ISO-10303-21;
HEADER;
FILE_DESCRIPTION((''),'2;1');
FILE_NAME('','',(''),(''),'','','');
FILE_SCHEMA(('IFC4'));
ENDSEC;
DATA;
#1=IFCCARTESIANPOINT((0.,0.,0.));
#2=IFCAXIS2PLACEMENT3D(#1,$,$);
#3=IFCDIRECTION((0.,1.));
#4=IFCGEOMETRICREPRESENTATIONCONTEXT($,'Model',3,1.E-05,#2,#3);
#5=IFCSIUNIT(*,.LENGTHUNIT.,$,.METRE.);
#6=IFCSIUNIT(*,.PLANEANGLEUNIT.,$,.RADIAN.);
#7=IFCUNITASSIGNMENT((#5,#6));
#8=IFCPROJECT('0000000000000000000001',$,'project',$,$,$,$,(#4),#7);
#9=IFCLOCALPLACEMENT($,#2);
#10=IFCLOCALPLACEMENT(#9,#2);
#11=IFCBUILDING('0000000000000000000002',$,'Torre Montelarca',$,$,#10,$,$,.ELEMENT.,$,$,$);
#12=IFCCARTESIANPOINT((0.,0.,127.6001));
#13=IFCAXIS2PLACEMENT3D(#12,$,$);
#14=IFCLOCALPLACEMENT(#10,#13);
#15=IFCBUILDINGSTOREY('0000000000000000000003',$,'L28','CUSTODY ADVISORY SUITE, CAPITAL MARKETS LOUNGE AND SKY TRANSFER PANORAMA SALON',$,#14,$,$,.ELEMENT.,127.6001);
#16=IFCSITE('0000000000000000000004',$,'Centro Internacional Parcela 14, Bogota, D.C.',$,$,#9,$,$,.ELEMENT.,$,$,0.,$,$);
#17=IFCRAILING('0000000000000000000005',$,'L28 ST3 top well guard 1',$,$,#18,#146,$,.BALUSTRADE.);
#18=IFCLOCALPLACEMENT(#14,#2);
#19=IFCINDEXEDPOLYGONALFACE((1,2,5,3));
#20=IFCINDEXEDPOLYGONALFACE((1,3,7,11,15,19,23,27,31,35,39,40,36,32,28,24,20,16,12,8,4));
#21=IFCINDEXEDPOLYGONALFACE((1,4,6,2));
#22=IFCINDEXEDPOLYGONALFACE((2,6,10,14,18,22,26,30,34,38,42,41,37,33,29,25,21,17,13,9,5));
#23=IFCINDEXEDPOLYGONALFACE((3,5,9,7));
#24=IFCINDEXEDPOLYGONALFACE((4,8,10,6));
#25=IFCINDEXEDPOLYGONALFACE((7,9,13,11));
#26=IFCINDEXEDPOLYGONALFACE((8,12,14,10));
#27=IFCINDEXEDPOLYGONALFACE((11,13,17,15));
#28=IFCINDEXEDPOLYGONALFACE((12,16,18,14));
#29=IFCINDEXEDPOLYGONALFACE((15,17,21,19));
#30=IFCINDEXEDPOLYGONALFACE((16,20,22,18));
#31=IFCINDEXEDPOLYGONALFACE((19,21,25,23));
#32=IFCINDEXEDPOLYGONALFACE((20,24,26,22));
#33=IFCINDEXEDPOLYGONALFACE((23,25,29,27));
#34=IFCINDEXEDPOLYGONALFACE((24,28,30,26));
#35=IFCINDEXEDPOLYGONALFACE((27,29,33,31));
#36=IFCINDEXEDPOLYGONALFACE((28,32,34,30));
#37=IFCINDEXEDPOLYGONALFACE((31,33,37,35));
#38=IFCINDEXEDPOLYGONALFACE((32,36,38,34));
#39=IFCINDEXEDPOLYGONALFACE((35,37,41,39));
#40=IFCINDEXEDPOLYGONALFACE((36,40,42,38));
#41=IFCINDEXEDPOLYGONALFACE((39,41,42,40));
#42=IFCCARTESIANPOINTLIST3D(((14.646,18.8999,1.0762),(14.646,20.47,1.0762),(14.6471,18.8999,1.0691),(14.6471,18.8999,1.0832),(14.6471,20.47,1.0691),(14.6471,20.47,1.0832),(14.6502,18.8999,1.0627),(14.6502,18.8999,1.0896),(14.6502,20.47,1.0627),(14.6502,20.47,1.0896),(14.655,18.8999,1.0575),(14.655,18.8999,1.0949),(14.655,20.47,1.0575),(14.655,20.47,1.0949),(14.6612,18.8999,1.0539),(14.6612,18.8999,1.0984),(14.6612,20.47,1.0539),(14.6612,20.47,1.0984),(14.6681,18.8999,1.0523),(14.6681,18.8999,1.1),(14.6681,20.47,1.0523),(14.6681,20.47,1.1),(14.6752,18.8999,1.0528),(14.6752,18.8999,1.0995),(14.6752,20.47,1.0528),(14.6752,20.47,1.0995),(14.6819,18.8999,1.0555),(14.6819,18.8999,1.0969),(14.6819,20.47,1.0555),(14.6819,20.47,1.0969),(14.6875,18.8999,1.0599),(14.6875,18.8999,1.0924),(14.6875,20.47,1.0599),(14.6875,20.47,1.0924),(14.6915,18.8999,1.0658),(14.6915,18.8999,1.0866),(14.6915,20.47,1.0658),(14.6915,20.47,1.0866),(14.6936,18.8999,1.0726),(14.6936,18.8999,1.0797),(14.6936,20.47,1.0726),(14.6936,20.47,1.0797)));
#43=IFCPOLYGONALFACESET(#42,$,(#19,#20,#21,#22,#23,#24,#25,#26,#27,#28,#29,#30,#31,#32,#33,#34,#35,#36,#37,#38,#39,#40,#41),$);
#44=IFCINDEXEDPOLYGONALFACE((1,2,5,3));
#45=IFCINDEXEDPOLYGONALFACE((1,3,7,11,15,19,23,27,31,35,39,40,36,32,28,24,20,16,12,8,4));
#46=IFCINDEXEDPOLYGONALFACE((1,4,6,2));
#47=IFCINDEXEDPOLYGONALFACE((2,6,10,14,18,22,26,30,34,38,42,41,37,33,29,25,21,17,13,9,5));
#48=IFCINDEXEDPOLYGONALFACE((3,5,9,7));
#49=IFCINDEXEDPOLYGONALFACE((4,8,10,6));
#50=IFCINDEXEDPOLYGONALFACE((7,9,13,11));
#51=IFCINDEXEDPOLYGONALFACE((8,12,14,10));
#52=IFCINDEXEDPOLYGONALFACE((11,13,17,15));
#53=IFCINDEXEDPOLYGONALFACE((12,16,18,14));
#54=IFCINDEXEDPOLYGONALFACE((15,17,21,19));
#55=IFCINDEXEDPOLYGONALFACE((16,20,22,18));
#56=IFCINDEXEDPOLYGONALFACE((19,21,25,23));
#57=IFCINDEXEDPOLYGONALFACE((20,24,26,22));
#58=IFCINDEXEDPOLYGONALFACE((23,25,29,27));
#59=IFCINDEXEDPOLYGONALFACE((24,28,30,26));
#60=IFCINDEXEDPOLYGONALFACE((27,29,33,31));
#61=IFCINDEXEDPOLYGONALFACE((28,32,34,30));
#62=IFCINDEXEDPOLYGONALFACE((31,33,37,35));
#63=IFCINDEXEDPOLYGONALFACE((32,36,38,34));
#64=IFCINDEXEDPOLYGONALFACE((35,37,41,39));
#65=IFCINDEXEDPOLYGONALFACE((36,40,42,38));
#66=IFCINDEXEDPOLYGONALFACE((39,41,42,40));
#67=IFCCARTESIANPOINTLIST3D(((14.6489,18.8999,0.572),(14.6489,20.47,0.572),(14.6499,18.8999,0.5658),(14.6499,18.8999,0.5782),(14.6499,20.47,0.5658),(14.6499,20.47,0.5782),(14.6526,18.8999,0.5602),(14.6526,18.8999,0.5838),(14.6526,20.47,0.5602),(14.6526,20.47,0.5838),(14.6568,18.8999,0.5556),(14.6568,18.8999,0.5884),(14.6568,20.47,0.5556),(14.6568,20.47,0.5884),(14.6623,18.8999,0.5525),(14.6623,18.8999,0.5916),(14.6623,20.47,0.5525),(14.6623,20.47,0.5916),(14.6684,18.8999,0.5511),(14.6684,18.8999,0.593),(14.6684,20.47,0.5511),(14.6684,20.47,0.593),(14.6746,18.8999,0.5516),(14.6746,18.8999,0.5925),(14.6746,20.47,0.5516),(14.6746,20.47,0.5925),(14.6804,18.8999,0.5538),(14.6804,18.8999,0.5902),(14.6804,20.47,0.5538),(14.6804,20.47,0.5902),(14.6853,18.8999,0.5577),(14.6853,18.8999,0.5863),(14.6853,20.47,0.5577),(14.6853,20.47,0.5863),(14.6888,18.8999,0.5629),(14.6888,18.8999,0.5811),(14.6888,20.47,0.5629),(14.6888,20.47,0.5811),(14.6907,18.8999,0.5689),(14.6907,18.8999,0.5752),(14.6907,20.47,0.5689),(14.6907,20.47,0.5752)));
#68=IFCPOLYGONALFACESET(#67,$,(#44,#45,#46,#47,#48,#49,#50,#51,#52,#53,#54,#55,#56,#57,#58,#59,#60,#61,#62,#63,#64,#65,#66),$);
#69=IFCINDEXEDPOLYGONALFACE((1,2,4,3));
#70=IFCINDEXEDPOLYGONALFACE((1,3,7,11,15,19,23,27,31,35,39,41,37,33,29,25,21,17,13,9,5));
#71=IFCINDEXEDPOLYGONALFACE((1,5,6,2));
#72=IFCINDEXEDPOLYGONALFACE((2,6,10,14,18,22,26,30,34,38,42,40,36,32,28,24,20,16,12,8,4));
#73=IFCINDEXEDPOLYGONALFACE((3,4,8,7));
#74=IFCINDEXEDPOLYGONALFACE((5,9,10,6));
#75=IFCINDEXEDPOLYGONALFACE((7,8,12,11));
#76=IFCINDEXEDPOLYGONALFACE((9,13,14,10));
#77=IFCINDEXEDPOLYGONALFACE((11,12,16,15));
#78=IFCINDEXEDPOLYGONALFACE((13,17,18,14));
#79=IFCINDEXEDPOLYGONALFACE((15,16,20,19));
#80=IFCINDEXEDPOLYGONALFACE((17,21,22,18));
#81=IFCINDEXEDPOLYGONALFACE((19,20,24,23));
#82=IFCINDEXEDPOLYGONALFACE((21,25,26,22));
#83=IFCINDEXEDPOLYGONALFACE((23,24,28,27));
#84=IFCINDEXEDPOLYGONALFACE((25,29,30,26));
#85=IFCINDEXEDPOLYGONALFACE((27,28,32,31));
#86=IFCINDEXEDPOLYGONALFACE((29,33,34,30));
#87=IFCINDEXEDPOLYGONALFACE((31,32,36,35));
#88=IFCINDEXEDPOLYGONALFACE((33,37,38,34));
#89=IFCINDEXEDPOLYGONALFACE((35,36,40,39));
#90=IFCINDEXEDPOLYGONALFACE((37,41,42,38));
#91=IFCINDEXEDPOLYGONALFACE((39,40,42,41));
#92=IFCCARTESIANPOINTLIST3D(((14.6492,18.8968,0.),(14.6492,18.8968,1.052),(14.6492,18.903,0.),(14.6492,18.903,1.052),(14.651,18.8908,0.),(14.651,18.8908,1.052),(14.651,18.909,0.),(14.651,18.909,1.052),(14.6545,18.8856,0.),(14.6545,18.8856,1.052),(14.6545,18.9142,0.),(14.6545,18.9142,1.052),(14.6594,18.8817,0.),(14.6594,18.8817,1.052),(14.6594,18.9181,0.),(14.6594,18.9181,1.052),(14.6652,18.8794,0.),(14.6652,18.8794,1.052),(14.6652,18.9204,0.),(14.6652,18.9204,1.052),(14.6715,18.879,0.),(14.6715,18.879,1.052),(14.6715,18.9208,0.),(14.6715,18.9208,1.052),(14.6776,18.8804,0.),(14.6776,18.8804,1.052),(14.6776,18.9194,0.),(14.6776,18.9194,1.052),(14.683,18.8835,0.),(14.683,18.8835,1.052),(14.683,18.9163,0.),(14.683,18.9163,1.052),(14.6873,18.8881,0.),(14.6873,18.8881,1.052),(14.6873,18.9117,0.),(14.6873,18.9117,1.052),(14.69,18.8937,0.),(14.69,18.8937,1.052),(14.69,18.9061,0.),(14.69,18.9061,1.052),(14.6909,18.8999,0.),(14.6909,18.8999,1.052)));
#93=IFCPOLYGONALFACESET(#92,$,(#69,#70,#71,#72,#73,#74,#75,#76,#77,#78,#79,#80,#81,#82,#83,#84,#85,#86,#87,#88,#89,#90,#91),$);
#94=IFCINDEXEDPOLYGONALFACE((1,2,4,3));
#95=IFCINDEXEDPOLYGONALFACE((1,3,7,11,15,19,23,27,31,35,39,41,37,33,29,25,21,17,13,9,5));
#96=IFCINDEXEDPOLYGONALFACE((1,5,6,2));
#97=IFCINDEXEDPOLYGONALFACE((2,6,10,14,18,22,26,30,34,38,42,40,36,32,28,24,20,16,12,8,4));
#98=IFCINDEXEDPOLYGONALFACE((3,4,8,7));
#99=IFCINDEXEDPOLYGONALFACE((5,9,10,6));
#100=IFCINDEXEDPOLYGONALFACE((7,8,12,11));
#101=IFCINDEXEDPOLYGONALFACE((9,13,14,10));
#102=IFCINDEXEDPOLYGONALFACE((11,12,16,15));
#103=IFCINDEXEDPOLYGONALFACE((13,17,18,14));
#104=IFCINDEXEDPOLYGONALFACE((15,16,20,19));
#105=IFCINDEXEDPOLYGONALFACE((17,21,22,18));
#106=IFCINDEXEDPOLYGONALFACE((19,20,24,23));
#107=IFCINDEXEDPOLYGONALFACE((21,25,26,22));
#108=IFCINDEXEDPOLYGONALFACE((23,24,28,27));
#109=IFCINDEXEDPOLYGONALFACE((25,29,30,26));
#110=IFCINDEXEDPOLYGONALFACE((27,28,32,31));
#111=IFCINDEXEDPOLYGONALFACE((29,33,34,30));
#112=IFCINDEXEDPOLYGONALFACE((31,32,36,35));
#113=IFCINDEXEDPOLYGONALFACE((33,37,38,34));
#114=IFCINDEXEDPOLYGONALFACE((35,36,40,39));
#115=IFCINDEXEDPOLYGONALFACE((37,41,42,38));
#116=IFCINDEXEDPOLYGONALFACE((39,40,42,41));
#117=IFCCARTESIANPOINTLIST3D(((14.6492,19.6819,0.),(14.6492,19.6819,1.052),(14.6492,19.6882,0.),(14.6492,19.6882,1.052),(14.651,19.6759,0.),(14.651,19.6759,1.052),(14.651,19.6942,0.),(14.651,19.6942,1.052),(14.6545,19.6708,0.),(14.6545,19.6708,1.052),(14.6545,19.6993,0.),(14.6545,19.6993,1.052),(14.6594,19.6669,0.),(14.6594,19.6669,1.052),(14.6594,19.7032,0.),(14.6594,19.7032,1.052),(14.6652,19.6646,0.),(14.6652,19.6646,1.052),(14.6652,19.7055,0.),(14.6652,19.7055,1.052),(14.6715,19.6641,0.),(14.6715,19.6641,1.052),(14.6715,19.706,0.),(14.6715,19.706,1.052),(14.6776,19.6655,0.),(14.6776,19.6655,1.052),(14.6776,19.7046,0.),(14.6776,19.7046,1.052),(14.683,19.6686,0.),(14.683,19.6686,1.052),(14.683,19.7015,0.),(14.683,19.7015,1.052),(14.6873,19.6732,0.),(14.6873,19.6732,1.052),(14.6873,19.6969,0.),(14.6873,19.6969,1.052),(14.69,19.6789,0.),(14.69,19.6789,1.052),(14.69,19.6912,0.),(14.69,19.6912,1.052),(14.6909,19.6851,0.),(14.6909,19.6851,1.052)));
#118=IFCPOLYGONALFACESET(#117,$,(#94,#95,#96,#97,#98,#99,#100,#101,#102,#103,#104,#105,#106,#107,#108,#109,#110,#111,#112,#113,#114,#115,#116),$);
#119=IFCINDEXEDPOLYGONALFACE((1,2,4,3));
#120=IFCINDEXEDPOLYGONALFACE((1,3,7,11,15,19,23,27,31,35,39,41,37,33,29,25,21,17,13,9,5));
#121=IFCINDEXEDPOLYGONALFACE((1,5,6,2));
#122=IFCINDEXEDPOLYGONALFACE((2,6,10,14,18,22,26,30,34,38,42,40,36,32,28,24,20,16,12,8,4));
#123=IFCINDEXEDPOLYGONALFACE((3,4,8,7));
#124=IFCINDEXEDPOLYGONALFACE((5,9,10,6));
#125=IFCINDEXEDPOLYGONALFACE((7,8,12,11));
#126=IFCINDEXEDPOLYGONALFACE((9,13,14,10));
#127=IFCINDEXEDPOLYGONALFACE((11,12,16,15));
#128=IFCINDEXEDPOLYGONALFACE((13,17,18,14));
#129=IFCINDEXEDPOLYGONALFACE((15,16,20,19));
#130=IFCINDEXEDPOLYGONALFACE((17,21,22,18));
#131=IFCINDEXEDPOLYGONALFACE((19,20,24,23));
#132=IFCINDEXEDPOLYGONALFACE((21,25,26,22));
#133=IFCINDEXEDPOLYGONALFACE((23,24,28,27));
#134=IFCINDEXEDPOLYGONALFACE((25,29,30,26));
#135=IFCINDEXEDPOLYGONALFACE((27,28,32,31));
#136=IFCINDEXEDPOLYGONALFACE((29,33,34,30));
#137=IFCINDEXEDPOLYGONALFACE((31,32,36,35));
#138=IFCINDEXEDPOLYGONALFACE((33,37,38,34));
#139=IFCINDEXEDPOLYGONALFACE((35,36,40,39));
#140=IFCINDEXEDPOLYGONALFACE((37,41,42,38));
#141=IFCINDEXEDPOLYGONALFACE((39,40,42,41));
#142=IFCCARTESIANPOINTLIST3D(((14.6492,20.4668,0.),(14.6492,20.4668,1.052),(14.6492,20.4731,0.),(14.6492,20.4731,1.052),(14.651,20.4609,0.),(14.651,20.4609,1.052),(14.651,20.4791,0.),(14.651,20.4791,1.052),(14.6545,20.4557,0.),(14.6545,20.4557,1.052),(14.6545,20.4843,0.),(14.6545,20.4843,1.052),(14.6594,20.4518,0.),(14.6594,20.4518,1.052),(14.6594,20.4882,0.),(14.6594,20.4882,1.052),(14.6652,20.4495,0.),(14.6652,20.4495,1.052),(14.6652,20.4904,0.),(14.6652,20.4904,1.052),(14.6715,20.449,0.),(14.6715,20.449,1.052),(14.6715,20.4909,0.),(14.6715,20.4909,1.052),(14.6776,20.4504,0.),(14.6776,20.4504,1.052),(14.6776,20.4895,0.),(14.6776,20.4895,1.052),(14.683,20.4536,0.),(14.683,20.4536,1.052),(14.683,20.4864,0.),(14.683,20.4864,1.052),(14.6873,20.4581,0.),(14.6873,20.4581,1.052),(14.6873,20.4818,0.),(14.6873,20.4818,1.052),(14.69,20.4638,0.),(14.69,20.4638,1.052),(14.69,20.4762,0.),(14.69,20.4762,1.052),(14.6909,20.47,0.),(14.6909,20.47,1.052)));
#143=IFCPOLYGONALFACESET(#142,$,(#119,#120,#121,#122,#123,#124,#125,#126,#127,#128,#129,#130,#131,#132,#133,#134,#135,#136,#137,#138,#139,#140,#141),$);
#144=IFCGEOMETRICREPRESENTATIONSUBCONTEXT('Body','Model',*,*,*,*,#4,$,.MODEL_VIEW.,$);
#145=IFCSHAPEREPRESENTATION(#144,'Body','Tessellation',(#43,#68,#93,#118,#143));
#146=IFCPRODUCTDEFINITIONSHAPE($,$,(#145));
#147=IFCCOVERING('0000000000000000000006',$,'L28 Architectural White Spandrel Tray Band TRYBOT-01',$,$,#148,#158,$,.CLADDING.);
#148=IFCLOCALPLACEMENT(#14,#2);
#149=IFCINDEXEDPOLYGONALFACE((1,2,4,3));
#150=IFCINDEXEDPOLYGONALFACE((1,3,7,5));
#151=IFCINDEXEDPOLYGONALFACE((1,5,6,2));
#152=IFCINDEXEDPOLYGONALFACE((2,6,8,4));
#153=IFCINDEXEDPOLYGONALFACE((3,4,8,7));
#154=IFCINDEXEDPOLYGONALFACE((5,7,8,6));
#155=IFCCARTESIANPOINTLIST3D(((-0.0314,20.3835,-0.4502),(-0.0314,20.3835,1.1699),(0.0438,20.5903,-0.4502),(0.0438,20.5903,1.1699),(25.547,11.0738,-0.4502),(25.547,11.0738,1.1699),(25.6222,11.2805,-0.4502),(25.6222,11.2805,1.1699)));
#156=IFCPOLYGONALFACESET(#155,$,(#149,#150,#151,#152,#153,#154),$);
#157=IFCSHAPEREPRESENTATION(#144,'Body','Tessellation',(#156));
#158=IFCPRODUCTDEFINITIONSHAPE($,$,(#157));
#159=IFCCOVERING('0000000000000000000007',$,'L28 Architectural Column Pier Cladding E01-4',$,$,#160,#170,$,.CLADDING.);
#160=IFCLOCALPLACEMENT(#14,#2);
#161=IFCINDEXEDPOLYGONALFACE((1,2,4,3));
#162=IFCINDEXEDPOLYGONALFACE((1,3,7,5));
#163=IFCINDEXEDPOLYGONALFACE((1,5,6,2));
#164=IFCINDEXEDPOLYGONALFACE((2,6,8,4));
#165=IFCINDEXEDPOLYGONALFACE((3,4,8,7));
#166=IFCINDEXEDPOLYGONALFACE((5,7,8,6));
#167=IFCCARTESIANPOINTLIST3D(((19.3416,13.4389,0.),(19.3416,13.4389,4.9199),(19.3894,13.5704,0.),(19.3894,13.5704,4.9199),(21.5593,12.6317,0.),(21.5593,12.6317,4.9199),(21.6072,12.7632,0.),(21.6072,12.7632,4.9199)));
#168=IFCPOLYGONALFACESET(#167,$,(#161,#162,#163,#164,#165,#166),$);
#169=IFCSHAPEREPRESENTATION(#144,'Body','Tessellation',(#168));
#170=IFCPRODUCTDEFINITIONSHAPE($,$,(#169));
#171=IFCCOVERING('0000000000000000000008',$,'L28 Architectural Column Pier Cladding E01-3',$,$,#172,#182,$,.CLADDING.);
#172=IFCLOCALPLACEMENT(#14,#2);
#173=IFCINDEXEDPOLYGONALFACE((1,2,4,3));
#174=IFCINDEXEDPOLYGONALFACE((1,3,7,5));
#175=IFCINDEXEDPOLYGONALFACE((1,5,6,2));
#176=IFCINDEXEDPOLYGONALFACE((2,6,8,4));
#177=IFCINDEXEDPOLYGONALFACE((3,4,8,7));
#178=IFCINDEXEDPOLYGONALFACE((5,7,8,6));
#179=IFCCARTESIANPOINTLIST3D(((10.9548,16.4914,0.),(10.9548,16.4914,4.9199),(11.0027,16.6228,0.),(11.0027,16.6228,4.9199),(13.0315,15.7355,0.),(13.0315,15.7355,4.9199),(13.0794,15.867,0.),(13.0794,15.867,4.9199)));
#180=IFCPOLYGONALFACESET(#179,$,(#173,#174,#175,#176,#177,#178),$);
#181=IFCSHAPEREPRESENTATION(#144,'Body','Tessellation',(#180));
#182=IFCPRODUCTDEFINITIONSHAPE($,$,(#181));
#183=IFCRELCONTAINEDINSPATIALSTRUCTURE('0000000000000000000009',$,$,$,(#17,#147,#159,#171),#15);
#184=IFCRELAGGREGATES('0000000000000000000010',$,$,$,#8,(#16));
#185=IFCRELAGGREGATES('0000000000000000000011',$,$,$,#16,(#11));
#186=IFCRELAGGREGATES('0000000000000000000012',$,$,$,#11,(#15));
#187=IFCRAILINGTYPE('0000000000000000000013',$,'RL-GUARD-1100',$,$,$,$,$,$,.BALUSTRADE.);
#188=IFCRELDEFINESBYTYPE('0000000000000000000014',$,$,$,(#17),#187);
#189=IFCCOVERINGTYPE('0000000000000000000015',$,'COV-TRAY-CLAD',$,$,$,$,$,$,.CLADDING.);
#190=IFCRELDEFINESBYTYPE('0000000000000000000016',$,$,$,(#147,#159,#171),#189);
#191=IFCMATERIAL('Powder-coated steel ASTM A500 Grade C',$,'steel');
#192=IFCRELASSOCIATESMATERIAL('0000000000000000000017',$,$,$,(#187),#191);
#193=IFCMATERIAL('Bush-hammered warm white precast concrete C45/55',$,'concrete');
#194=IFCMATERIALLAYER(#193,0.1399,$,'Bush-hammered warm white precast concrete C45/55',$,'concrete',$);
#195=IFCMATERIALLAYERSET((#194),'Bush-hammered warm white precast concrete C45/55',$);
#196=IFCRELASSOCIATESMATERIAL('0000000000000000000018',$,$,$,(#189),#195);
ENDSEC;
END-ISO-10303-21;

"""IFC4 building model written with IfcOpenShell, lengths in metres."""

from ifc_helpers import new_model, si_unit, direction, frame, origin, origin_2d, place, context, subcontext, project, spatial, rectangle, circle, extrude, source, transform, mapped, material, layer, layer_set, type_object, element, save


model = new_model("IFC4")

# Units and contexts
model_context = context("Model", 3, precision=1e-05, world=origin(), true_north=direction((0.0, 1.0)))
body_context = subcontext(model_context, "Body", "Model", "MODEL_VIEW")
ifc_project = project(units=[si_unit("LENGTHUNIT", "METRE"), si_unit("PLANEANGLEUNIT", "RADIAN")], contexts=[model_context])

# Site, building, storey
site_placement = place(None, origin())
site = spatial("IfcSite", under=ifc_project, at=site_placement, Name="Centro Internacional Parcela 14, Bogota, D.C.", CompositionType="ELEMENT", RefElevation=0.0)
building_placement = place(site_placement, origin())
building = spatial("IfcBuilding", under=site, at=building_placement, Name="Torre Montelarca", CompositionType="ELEMENT")
storey_placement = place(building_placement, frame((0.0, 0.0, 127.6001)))
storey = spatial("IfcBuildingStorey", under=building, at=storey_placement, Name="L28", Description="CUSTODY ADVISORY SUITE, CAPITAL MARKETS LOUNGE AND SKY TRANSFER PANORAMA SALON", CompositionType="ELEMENT", Elevation=127.6001)

# Railing
ifc_material_1 = material(Name="Powder-coated steel ASTM A500 Grade C", Category="steel")
railing_type = type_object("IfcRailingType", Name="RL-GUARD-1100", PredefinedType="BALUSTRADE", material=ifc_material_1)
railing_placement = place(storey_placement, frame((14.6699, 18.8999, 0.0)))
element("IfcRailing", 1, at=railing_placement, inside=storey, type_object=railing_type, Name="L28 ST3 top well guard 1", PredefinedType="BALUSTRADE", context=body_context, shape_type="SweptSolid", body=[
    extrude(circle(Radius=0.0239, at=origin_2d()), frame((0.0, 0.0, 1.0762), z_axis=(0.0, 1.0, 0.0), x_axis=(-1.0, 0.0, 0.0)), (0.0, 0.0, 1.0), 1.5701),
    extrude(circle(Radius=0.021, at=origin_2d()), frame((0.0, 0.0, 0.572), z_axis=(0.0, 1.0, 0.0), x_axis=(-1.0, 0.0, 0.0)), (0.0, 0.0, 1.0), 1.5701),
    extrude(circle(Radius=0.021, at=origin_2d()), origin(), (0.0, 0.0, 1.0), 1.052),
    extrude(circle(Radius=0.021, at=origin_2d()), frame((0.0, 0.7852, 0.0)), (0.0, 0.0, 1.0), 1.052),
    extrude(circle(Radius=0.021, at=origin_2d()), frame((0.0, 1.5701, 0.0)), (0.0, 0.0, 1.0), 1.052),
])

# Coverings
ifc_material_2 = material(Name="Bush-hammered warm white precast concrete C45/55", Category="concrete")
ifc_layer_1 = layer(ifc_material_2, 0.1399, Name="Bush-hammered warm white precast concrete C45/55", Category="concrete")
ifc_layer_set_1 = layer_set([ifc_layer_1], Name="Bush-hammered warm white precast concrete C45/55")
covering_type = type_object("IfcCoveringType", Name="COV-TRAY-CLAD", PredefinedType="CLADDING", material=ifc_layer_set_1)
shared_shape_1 = source(origin(), body_context, "Body", "SweptSolid", [
    extrude(rectangle(XDim=27.22, YDim=0.22, at=origin_2d()), origin(), (0.0, 0.0, 1.0), 1.6201),
])
covering_1_placement = place(storey_placement, frame((12.7954, 15.832, -0.4502), z_axis=(0.0, 0.0, 1.0), x_axis=(0.939693, -0.342019, 0.0)))
element("IfcCovering", 2, at=covering_1_placement, inside=storey, type_object=covering_type, Name="L28 Architectural White Spandrel Tray Band TRYBOT-01", PredefinedType="CLADDING", context=body_context, shape_type="MappedRepresentation", body=[
    mapped(shared_shape_1, transform((0.0, 0.0, 0.0), scale=1.0)),
])
shared_shape_2 = source(origin(), body_context, "Body", "SweptSolid", [
    extrude(rectangle(XDim=2.3601, YDim=0.1399, at=origin_2d()), origin(), (0.0, 0.0, 1.0), 4.9199),
])
covering_2_placement = place(storey_placement, frame((20.4744, 13.1011, 0.0), z_axis=(0.0, 0.0, 1.0), x_axis=(0.939694, -0.342017, 0.0)))
element("IfcCovering", 3, at=covering_2_placement, inside=storey, type_object=covering_type, Name="L28 Architectural Column Pier Cladding E01-4", PredefinedType="CLADDING", context=body_context, shape_type="MappedRepresentation", body=[
    mapped(shared_shape_2, transform((0.0, 0.0, 0.0), scale=1.0)),
])
shared_shape_3 = source(origin(), body_context, "Body", "SweptSolid", [
    extrude(rectangle(XDim=2.21, YDim=0.1399, at=origin_2d()), origin(), (0.0, 0.0, 1.0), 4.9199),
])
covering_3_placement = place(storey_placement, frame((12.0171, 16.1792, 0.0), z_axis=(0.0, 0.0, 1.0), x_axis=(0.939694, -0.342017, 0.0)))
element("IfcCovering", 4, at=covering_3_placement, inside=storey, type_object=covering_type, Name="L28 Architectural Column Pier Cladding E01-3", PredefinedType="CLADDING", context=body_context, shape_type="MappedRepresentation", body=[
    mapped(shared_shape_3, transform((0.0, 0.0, 0.0), scale=1.0)),
])

save(model, "model.ifc")
